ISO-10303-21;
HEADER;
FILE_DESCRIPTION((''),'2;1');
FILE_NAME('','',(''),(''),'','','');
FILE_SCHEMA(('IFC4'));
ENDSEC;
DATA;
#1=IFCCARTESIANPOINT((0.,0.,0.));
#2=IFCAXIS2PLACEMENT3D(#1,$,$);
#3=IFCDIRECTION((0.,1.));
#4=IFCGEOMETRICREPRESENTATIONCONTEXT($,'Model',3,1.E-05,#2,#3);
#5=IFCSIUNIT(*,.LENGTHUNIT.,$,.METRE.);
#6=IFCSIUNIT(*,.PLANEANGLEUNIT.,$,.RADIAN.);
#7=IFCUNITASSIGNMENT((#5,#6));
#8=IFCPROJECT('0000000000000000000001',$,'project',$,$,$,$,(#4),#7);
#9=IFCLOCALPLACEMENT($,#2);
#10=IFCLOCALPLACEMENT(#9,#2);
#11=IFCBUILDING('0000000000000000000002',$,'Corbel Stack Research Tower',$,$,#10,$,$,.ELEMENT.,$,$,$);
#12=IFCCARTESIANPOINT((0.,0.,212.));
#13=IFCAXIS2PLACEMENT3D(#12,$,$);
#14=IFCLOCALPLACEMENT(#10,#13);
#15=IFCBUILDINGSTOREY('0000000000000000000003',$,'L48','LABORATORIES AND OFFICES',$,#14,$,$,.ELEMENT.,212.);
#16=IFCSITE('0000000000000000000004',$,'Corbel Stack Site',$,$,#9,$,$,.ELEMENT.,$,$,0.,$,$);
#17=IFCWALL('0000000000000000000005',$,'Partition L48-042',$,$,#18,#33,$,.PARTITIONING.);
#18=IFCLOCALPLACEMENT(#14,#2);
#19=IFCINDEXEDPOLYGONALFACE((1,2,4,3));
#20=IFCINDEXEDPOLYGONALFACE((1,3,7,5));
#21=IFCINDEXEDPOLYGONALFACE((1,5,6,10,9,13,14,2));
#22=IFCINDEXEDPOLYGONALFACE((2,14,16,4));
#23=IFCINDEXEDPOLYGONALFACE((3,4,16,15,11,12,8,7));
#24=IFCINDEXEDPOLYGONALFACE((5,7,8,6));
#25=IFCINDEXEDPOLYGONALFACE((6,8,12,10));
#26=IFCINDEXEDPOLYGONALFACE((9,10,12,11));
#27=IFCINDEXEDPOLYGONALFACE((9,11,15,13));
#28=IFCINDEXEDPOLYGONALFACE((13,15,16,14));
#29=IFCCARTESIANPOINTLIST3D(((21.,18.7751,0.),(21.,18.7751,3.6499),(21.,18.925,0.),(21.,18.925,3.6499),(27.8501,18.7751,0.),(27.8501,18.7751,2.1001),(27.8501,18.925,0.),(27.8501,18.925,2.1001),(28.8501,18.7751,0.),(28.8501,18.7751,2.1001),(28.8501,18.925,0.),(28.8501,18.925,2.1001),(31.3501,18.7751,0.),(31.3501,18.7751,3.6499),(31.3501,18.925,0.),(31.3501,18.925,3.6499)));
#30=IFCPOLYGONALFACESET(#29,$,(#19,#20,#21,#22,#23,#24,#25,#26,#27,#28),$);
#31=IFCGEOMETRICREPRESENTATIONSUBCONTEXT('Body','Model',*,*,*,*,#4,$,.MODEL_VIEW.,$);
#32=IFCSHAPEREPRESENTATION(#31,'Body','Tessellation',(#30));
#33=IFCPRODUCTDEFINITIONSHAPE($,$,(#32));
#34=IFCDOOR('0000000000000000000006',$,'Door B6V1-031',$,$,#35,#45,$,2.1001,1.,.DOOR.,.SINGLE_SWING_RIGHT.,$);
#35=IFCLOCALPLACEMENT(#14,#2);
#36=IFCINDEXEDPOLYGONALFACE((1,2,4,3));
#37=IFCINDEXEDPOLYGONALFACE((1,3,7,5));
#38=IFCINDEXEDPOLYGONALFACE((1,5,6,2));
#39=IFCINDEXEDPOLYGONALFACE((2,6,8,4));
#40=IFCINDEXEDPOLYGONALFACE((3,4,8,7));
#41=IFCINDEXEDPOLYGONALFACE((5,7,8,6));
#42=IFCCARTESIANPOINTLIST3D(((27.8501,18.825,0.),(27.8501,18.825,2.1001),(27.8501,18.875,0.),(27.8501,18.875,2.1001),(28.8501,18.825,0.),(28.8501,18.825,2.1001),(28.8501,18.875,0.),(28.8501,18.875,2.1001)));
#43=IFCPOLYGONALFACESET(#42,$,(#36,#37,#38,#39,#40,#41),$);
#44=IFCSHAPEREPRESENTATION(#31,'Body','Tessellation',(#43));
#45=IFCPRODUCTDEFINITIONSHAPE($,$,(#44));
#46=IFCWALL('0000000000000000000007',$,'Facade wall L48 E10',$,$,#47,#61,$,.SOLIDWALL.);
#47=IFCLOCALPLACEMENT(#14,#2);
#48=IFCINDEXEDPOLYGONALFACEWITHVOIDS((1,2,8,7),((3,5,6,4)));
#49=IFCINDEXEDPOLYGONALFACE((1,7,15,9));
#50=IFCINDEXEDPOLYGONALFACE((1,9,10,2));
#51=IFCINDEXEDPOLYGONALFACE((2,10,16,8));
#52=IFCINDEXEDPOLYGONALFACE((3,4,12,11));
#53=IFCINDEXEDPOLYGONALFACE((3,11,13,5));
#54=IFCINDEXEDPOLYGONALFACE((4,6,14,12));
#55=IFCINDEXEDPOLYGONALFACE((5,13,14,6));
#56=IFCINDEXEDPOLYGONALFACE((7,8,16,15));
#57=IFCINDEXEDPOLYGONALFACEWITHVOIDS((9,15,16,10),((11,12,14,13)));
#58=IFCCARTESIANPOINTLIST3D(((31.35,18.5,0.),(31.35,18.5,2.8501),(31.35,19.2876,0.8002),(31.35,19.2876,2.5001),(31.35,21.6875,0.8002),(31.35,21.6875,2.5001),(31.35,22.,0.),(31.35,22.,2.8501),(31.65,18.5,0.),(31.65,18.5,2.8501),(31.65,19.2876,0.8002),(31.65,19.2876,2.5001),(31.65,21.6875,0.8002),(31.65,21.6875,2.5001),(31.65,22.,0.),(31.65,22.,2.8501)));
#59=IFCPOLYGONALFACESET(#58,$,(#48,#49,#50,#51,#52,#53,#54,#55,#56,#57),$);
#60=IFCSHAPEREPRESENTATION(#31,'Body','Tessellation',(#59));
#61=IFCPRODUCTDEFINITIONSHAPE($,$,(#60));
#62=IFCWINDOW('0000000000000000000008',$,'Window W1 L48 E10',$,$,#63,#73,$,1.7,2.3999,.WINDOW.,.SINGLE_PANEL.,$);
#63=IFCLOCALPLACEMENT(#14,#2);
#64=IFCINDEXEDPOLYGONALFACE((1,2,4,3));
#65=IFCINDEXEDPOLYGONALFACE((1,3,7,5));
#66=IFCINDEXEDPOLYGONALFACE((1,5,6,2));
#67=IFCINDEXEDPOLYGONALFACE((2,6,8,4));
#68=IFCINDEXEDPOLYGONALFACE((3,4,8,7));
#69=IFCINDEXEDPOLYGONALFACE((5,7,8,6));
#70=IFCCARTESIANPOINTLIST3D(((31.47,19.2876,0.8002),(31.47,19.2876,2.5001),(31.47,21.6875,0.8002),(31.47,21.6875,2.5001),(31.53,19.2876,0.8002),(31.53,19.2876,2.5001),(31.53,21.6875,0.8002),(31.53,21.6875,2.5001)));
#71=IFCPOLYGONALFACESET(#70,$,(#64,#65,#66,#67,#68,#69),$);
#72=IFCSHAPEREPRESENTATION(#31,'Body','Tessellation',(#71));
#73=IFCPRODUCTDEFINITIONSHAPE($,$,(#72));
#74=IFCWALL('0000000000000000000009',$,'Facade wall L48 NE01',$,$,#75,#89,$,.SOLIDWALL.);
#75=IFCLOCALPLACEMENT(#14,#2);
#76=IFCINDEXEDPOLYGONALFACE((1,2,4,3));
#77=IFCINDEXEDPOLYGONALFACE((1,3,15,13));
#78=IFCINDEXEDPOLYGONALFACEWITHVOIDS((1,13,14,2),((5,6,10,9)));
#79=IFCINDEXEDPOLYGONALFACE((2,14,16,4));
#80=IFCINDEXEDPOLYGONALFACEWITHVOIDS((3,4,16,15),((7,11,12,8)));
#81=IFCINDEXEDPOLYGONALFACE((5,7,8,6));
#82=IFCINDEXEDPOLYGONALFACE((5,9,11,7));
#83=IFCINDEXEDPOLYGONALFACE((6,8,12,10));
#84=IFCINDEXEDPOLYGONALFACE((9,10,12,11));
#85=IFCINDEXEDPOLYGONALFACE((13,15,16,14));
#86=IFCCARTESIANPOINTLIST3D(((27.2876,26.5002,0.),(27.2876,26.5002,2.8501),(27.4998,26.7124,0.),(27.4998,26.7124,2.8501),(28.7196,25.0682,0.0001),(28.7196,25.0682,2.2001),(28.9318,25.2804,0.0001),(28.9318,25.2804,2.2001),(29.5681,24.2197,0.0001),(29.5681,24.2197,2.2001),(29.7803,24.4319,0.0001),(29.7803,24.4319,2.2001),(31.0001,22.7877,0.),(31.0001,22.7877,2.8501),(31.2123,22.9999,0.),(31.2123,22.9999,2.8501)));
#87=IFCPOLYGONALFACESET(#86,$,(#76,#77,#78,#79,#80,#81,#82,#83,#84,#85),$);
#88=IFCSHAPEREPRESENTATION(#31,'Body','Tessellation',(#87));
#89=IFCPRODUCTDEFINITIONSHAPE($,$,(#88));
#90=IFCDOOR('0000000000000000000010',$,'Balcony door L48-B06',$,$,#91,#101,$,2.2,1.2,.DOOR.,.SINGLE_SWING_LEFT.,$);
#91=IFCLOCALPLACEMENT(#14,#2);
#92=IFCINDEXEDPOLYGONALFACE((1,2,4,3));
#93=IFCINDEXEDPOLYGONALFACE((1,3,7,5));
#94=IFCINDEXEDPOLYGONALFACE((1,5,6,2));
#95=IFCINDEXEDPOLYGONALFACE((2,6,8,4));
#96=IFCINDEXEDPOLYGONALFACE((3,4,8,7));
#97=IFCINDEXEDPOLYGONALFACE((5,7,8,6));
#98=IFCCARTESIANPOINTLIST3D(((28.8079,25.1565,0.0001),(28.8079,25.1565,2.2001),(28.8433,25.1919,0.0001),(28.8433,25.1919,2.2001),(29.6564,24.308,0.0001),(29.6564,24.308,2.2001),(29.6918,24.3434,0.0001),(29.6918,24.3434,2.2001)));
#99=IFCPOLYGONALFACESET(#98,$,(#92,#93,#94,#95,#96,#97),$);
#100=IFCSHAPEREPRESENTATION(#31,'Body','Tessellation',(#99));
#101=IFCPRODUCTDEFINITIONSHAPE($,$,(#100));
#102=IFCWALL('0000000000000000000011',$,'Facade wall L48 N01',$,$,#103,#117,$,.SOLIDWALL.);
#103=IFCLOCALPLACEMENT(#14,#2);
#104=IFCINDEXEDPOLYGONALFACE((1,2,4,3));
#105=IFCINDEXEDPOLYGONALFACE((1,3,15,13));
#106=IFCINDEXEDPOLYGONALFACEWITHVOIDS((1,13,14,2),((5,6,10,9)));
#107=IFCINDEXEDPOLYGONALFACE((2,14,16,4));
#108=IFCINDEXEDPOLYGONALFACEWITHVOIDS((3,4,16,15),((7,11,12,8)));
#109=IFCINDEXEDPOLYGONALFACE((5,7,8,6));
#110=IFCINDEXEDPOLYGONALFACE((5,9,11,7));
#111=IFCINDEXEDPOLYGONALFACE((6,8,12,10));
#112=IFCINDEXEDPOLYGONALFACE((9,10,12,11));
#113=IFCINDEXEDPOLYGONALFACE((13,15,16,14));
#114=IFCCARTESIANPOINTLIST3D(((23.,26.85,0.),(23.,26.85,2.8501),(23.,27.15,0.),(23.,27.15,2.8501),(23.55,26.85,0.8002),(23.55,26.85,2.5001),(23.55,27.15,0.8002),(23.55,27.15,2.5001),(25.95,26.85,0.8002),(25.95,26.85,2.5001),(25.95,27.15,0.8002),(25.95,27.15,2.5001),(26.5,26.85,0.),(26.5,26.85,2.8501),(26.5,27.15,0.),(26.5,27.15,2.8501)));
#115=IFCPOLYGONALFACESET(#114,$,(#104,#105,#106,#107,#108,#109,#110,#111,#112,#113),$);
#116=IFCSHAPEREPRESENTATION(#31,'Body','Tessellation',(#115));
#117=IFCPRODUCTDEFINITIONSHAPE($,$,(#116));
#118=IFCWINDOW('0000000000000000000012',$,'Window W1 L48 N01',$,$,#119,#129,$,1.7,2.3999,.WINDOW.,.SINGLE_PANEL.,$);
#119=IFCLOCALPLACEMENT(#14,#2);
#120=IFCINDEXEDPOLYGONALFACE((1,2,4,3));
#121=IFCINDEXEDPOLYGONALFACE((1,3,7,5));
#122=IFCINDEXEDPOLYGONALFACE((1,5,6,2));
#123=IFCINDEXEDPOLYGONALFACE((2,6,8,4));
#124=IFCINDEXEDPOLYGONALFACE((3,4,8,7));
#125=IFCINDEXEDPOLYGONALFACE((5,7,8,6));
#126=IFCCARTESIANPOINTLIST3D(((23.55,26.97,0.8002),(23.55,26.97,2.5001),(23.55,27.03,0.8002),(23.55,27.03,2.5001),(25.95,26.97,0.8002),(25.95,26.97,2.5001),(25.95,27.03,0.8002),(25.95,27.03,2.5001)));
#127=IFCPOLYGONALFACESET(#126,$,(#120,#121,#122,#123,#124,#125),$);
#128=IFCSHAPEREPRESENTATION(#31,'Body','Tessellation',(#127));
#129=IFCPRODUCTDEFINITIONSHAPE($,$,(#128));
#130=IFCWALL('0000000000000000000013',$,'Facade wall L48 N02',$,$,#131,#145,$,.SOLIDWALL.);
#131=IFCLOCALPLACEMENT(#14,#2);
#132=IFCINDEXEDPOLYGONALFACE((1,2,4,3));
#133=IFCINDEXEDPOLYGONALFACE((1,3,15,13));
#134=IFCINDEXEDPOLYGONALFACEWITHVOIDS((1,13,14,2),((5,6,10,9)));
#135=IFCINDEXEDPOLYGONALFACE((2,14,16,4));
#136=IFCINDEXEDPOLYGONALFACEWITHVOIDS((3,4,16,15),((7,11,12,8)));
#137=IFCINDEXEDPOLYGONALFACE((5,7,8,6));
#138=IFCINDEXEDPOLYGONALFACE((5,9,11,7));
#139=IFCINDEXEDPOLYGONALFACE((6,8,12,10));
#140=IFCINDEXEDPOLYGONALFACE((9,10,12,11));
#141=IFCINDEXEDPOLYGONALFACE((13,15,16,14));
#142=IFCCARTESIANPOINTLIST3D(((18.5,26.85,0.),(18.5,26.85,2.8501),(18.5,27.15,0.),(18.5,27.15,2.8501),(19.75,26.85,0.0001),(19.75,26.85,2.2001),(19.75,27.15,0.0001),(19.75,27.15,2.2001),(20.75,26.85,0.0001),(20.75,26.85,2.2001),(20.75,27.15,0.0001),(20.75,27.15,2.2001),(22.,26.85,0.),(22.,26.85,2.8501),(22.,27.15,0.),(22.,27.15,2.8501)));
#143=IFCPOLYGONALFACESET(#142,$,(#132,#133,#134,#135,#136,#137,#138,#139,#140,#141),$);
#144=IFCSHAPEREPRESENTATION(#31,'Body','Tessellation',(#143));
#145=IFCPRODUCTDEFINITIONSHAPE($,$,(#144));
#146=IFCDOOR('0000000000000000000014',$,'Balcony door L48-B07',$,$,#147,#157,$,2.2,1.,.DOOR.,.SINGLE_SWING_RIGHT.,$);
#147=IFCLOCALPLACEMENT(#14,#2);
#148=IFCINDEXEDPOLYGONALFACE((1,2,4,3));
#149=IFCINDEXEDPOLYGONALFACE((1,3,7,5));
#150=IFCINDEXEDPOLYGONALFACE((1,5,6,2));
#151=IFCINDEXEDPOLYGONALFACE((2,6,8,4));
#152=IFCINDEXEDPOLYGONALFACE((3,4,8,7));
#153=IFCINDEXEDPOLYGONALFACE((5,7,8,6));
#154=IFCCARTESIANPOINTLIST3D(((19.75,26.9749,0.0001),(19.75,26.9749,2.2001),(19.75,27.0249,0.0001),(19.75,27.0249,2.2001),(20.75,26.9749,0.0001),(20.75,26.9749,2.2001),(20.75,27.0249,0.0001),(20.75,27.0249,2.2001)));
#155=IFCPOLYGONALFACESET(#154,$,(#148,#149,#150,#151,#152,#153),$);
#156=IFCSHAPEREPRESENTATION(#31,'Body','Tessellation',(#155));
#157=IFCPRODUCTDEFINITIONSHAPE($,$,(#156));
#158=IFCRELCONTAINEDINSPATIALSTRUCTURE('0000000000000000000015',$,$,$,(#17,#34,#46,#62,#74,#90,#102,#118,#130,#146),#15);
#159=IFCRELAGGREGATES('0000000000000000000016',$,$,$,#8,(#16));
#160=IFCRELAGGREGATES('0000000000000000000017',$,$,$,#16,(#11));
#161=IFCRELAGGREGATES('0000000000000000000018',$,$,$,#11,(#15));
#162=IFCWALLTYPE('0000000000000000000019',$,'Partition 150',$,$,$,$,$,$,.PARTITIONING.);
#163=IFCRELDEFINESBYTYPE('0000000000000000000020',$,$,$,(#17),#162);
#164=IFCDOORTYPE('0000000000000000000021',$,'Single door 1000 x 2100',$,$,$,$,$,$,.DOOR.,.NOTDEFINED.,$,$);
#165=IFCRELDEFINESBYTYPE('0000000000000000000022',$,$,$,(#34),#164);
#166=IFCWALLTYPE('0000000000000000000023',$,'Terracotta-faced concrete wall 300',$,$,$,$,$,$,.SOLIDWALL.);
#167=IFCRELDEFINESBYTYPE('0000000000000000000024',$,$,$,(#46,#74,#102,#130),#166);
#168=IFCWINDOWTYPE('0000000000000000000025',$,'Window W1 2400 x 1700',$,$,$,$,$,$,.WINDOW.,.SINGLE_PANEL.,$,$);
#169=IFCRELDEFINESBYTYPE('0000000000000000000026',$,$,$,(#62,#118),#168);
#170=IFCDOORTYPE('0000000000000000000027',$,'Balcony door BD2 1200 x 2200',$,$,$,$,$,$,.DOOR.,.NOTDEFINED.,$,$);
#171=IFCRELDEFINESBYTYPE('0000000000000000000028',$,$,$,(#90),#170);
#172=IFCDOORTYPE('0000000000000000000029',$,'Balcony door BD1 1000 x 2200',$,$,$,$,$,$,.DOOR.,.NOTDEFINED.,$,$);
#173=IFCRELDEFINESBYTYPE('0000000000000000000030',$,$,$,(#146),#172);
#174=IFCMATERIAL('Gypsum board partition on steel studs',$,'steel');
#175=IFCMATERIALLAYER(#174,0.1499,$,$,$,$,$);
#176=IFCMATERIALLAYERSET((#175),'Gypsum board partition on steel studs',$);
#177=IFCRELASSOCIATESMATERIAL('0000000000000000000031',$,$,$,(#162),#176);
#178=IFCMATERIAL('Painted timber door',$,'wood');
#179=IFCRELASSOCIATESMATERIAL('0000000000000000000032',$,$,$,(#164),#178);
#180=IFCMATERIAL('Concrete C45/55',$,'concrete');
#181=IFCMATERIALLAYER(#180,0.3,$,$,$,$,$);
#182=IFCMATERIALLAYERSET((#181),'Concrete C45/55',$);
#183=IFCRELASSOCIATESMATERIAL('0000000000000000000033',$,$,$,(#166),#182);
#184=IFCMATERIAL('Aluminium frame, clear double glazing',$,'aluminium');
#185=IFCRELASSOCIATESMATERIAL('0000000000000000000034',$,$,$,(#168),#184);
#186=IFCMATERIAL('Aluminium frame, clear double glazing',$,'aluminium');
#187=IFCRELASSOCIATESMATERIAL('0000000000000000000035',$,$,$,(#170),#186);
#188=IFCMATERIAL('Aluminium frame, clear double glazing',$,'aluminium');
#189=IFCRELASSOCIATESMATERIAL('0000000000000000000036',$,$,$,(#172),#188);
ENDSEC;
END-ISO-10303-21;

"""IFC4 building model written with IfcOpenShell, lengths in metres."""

from ifc_helpers import new_model, si_unit, direction, frame, frame_2d, origin, place, context, subcontext, project, spatial, rectangle, extrude, material, layer, layer_set, type_object, element, fill, save


model = new_model("IFC4")

# Units and contexts
model_context = context("Model", 3, precision=1e-05, world=origin(), true_north=direction((0.0, 1.0)))
body_context = subcontext(model_context, "Body", "Model", "MODEL_VIEW")
ifc_project = project(units=[si_unit("LENGTHUNIT", "METRE"), si_unit("PLANEANGLEUNIT", "RADIAN")], contexts=[model_context])

# Site, building, storey
site_placement = place(None, origin())
site = spatial("IfcSite", under=ifc_project, at=site_placement, Name="Corbel Stack Site", CompositionType="ELEMENT", RefElevation=0.0)
building_placement = place(site_placement, origin())
building = spatial("IfcBuilding", under=site, at=building_placement, Name="Corbel Stack Research Tower", CompositionType="ELEMENT")
storey_placement = place(building_placement, frame((0.0, 0.0, 212.0)))
storey = spatial("IfcBuildingStorey", under=building, at=storey_placement, Name="L48", Description="LABORATORIES AND OFFICES", CompositionType="ELEMENT", Elevation=212.0)

# Wall, opening, door
ifc_material_1 = material(Name="Gypsum board partition on steel studs", Category="steel")
ifc_layer_1 = layer(ifc_material_1, 0.1499)
ifc_layer_set_1 = layer_set([ifc_layer_1], Name="Gypsum board partition on steel studs")
wall_type_1 = type_object("IfcWallType", Name="Partition 150", PredefinedType="PARTITIONING", material=ifc_layer_set_1)
wall_1_placement = place(storey_placement, frame((21.0, 18.8501, 0.0), z_axis=(0.0, 0.0, 1.0), x_axis=(1.0, 0.0, 0.0)))
wall_1 = element("IfcWall", 1, at=wall_1_placement, inside=storey, type_object=wall_type_1, Name="Partition L48-042", PredefinedType="PARTITIONING", context=body_context, shape_type="SweptSolid", body=[
    extrude(rectangle(XDim=10.3501, YDim=0.1499, at=frame_2d((5.175, 0.0))), origin(), (0.0, 0.0, 1.0), 3.6499),
])
opening_1_placement = place(wall_1_placement, frame((6.8501, 0.0, 0.0)))
opening_1 = element("IfcOpeningElement", 2, at=opening_1_placement, cuts=wall_1, PredefinedType="OPENING", context=body_context, shape_type="SweptSolid", body=[
    extrude(rectangle(XDim=1.0, YDim=2.1001, at=frame_2d((0.5, 1.05))), frame((0.0, 0.085, 0.0), z_axis=(0.0, -1.0, 0.0), x_axis=(1.0, 0.0, 0.0)), (0.0, 0.0, 1.0), 0.1699),
])
ifc_material_2 = material(Name="Painted timber door", Category="wood")
door_type_1 = type_object("IfcDoorType", Name="Single door 1000 x 2100", OperationType="NOTDEFINED", PredefinedType="DOOR", material=ifc_material_2)
door_1_placement = place(opening_1_placement, origin())
door_1 = element("IfcDoor", 3, at=door_1_placement, inside=storey, type_object=door_type_1, Name="Door B6V1-031", OperationType="SINGLE_SWING_RIGHT", OverallHeight=2.1001, OverallWidth=1.0, PredefinedType="DOOR", context=body_context, shape_type="SweptSolid", body=[
    extrude(rectangle(XDim=1.0, YDim=2.1001, at=frame_2d((0.5, 1.05))), frame((0.0, 0.0249, 0.0), z_axis=(0.0, -1.0, 0.0), x_axis=(1.0, 0.0, 0.0)), (0.0, 0.0, 1.0), 0.05),
])
fill(opening_1, door_1)

# Wall, opening, window
ifc_material_3 = material(Name="Concrete C45/55", Category="concrete")
ifc_layer_2 = layer(ifc_material_3, 0.3)
ifc_layer_set_2 = layer_set([ifc_layer_2], Name="Concrete C45/55")
wall_type_2 = type_object("IfcWallType", Name="Terracotta-faced concrete wall 300", PredefinedType="SOLIDWALL", material=ifc_layer_set_2)
wall_2_placement = place(storey_placement, frame((31.5, 22.0, 0.0), z_axis=(0.0, 0.0, 1.0), x_axis=(0.0, -1.0, 0.0)))
wall_2 = element("IfcWall", 4, at=wall_2_placement, inside=storey, type_object=wall_type_2, Name="Facade wall L48 E10", PredefinedType="SOLIDWALL", context=body_context, shape_type="SweptSolid", body=[
    extrude(rectangle(XDim=3.5, YDim=0.3, at=frame_2d((1.75, 0.0))), origin(), (0.0, 0.0, 1.0), 2.8501),
])
opening_2_placement = place(wall_2_placement, frame((0.3125, 0.0, 0.8)))
opening_2 = element("IfcOpeningElement", 5, at=opening_2_placement, cuts=wall_2, PredefinedType="OPENING", context=body_context, shape_type="SweptSolid", body=[
    extrude(rectangle(XDim=2.3999, YDim=1.7, at=frame_2d((1.2, 0.8501))), frame((0.0, 0.1599, 0.0), z_axis=(0.0, -1.0, 0.0), x_axis=(1.0, 0.0, 0.0)), (0.0, 0.0, 1.0), 0.3201),
])
ifc_material_4 = material(Name="Aluminium frame, clear double glazing", Category="aluminium")
window_type = type_object("IfcWindowType", Name="Window W1 2400 x 1700", PartitioningType="SINGLE_PANEL", PredefinedType="WINDOW", material=ifc_material_4)
window_1_placement = place(opening_2_placement, origin())
window_1 = element("IfcWindow", 6, at=window_1_placement, inside=storey, type_object=window_type, Name="Window W1 L48 E10", OverallHeight=1.7, OverallWidth=2.3999, PartitioningType="SINGLE_PANEL", PredefinedType="WINDOW", context=body_context, shape_type="SweptSolid", body=[
    extrude(rectangle(XDim=2.3999, YDim=1.7, at=frame_2d((1.2, 0.8501))), frame((0.0, 0.03, 0.0), z_axis=(0.0, -1.0, 0.0), x_axis=(1.0, 0.0, 0.0)), (0.0, 0.0, 1.0), 0.0601),
])
fill(opening_2, window_1)

# Wall, opening, door
wall_3_placement = place(storey_placement, frame((27.3938, 26.6062, 0.0), z_axis=(0.0, 0.0, 1.0), x_axis=(0.707107, -0.707107, 0.0)))
wall_3 = element("IfcWall", 7, at=wall_3_placement, inside=storey, type_object=wall_type_2, Name="Facade wall L48 NE01", PredefinedType="SOLIDWALL", context=body_context, shape_type="SweptSolid", body=[
    extrude(rectangle(XDim=5.2502, YDim=0.3, at=frame_2d((2.625, 0.0))), origin(), (0.0, 0.0, 1.0), 2.8501),
])
opening_3_placement = place(wall_3_placement, frame((2.0249, 0.0, 0.0)))
opening_3 = element("IfcOpeningElement", 8, at=opening_3_placement, cuts=wall_3, PredefinedType="OPENING", context=body_context, shape_type="SweptSolid", body=[
    extrude(rectangle(XDim=1.2, YDim=2.2, at=frame_2d((0.6001, 1.1001))), frame((0.0, 0.1599, 0.0), z_axis=(0.0, -1.0, 0.0), x_axis=(1.0, 0.0, 0.0)), (0.0, 0.0, 1.0), 0.3201),
])
ifc_material_5 = material(Name="Aluminium frame, clear double glazing", Category="aluminium")
door_type_2 = type_object("IfcDoorType", Name="Balcony door BD2 1200 x 2200", OperationType="NOTDEFINED", PredefinedType="DOOR", material=ifc_material_5)
door_2_placement = place(opening_3_placement, origin())
door_2 = element("IfcDoor", 9, at=door_2_placement, inside=storey, type_object=door_type_2, Name="Balcony door L48-B06", OperationType="SINGLE_SWING_LEFT", OverallHeight=2.2, OverallWidth=1.2, PredefinedType="DOOR", context=body_context, shape_type="SweptSolid", body=[
    extrude(rectangle(XDim=1.2, YDim=2.2, at=frame_2d((0.6001, 1.1001))), frame((0.0, 0.0249, 0.0), z_axis=(0.0, -1.0, 0.0), x_axis=(1.0, 0.0, 0.0)), (0.0, 0.0, 1.0), 0.05),
])
fill(opening_3, door_2)

# Wall, opening, window
wall_4_placement = place(storey_placement, frame((23.0, 27.0, 0.0), z_axis=(0.0, 0.0, 1.0), x_axis=(1.0, 0.0, 0.0)))
wall_4 = element("IfcWall", 10, at=wall_4_placement, inside=storey, type_object=wall_type_2, Name="Facade wall L48 N01", PredefinedType="SOLIDWALL", context=body_context, shape_type="SweptSolid", body=[
    extrude(rectangle(XDim=3.5, YDim=0.3, at=frame_2d((1.75, 0.0))), origin(), (0.0, 0.0, 1.0), 2.8501),
])
opening_4_placement = place(wall_4_placement, frame((0.55, 0.0, 0.8)))
opening_4 = element("IfcOpeningElement", 11, at=opening_4_placement, cuts=wall_4, PredefinedType="OPENING", context=body_context, shape_type="SweptSolid", body=[
    extrude(rectangle(XDim=2.3999, YDim=1.7, at=frame_2d((1.2, 0.8501))), frame((0.0, 0.1599, 0.0), z_axis=(0.0, -1.0, 0.0), x_axis=(1.0, 0.0, 0.0)), (0.0, 0.0, 1.0), 0.3201),
])
window_2_placement = place(opening_4_placement, origin())
window_2 = element("IfcWindow", 12, at=window_2_placement, inside=storey, type_object=window_type, Name="Window W1 L48 N01", OverallHeight=1.7, OverallWidth=2.3999, PartitioningType="SINGLE_PANEL", PredefinedType="WINDOW", context=body_context, shape_type="SweptSolid", body=[
    extrude(rectangle(XDim=2.3999, YDim=1.7, at=frame_2d((1.2, 0.8501))), frame((0.0, 0.03, 0.0), z_axis=(0.0, -1.0, 0.0), x_axis=(1.0, 0.0, 0.0)), (0.0, 0.0, 1.0), 0.0601),
])
fill(opening_4, window_2)

# Wall, opening, door
wall_5_placement = place(storey_placement, frame((18.5, 27.0, 0.0), z_axis=(0.0, 0.0, 1.0), x_axis=(1.0, 0.0, 0.0)))
wall_5 = element("IfcWall", 13, at=wall_5_placement, inside=storey, type_object=wall_type_2, Name="Facade wall L48 N02", PredefinedType="SOLIDWALL", context=body_context, shape_type="SweptSolid", body=[
    extrude(rectangle(XDim=3.5, YDim=0.3, at=frame_2d((1.75, 0.0))), origin(), (0.0, 0.0, 1.0), 2.8501),
])
opening_5_placement = place(wall_5_placement, frame((1.25, 0.0, 0.0)))
opening_5 = element("IfcOpeningElement", 14, at=opening_5_placement, cuts=wall_5, PredefinedType="OPENING", context=body_context, shape_type="SweptSolid", body=[
    extrude(rectangle(XDim=1.0, YDim=2.2, at=frame_2d((0.5, 1.1001))), frame((0.0, 0.1599, 0.0), z_axis=(0.0, -1.0, 0.0), x_axis=(1.0, 0.0, 0.0)), (0.0, 0.0, 1.0), 0.3201),
])
ifc_material_6 = material(Name="Aluminium frame, clear double glazing", Category="aluminium")
door_type_3 = type_object("IfcDoorType", Name="Balcony door BD1 1000 x 2200", OperationType="NOTDEFINED", PredefinedType="DOOR", material=ifc_material_6)
door_3_placement = place(opening_5_placement, origin())
door_3 = element("IfcDoor", 15, at=door_3_placement, inside=storey, type_object=door_type_3, Name="Balcony door L48-B07", OperationType="SINGLE_SWING_RIGHT", OverallHeight=2.2, OverallWidth=1.0, PredefinedType="DOOR", context=body_context, shape_type="SweptSolid", body=[
    extrude(rectangle(XDim=1.0, YDim=2.2, at=frame_2d((0.5, 1.1001))), frame((0.0, 0.0249, 0.0), z_axis=(0.0, -1.0, 0.0), x_axis=(1.0, 0.0, 0.0)), (0.0, 0.0, 1.0), 0.05),
])
fill(opening_5, door_3)

save(model, "model.ifc")
